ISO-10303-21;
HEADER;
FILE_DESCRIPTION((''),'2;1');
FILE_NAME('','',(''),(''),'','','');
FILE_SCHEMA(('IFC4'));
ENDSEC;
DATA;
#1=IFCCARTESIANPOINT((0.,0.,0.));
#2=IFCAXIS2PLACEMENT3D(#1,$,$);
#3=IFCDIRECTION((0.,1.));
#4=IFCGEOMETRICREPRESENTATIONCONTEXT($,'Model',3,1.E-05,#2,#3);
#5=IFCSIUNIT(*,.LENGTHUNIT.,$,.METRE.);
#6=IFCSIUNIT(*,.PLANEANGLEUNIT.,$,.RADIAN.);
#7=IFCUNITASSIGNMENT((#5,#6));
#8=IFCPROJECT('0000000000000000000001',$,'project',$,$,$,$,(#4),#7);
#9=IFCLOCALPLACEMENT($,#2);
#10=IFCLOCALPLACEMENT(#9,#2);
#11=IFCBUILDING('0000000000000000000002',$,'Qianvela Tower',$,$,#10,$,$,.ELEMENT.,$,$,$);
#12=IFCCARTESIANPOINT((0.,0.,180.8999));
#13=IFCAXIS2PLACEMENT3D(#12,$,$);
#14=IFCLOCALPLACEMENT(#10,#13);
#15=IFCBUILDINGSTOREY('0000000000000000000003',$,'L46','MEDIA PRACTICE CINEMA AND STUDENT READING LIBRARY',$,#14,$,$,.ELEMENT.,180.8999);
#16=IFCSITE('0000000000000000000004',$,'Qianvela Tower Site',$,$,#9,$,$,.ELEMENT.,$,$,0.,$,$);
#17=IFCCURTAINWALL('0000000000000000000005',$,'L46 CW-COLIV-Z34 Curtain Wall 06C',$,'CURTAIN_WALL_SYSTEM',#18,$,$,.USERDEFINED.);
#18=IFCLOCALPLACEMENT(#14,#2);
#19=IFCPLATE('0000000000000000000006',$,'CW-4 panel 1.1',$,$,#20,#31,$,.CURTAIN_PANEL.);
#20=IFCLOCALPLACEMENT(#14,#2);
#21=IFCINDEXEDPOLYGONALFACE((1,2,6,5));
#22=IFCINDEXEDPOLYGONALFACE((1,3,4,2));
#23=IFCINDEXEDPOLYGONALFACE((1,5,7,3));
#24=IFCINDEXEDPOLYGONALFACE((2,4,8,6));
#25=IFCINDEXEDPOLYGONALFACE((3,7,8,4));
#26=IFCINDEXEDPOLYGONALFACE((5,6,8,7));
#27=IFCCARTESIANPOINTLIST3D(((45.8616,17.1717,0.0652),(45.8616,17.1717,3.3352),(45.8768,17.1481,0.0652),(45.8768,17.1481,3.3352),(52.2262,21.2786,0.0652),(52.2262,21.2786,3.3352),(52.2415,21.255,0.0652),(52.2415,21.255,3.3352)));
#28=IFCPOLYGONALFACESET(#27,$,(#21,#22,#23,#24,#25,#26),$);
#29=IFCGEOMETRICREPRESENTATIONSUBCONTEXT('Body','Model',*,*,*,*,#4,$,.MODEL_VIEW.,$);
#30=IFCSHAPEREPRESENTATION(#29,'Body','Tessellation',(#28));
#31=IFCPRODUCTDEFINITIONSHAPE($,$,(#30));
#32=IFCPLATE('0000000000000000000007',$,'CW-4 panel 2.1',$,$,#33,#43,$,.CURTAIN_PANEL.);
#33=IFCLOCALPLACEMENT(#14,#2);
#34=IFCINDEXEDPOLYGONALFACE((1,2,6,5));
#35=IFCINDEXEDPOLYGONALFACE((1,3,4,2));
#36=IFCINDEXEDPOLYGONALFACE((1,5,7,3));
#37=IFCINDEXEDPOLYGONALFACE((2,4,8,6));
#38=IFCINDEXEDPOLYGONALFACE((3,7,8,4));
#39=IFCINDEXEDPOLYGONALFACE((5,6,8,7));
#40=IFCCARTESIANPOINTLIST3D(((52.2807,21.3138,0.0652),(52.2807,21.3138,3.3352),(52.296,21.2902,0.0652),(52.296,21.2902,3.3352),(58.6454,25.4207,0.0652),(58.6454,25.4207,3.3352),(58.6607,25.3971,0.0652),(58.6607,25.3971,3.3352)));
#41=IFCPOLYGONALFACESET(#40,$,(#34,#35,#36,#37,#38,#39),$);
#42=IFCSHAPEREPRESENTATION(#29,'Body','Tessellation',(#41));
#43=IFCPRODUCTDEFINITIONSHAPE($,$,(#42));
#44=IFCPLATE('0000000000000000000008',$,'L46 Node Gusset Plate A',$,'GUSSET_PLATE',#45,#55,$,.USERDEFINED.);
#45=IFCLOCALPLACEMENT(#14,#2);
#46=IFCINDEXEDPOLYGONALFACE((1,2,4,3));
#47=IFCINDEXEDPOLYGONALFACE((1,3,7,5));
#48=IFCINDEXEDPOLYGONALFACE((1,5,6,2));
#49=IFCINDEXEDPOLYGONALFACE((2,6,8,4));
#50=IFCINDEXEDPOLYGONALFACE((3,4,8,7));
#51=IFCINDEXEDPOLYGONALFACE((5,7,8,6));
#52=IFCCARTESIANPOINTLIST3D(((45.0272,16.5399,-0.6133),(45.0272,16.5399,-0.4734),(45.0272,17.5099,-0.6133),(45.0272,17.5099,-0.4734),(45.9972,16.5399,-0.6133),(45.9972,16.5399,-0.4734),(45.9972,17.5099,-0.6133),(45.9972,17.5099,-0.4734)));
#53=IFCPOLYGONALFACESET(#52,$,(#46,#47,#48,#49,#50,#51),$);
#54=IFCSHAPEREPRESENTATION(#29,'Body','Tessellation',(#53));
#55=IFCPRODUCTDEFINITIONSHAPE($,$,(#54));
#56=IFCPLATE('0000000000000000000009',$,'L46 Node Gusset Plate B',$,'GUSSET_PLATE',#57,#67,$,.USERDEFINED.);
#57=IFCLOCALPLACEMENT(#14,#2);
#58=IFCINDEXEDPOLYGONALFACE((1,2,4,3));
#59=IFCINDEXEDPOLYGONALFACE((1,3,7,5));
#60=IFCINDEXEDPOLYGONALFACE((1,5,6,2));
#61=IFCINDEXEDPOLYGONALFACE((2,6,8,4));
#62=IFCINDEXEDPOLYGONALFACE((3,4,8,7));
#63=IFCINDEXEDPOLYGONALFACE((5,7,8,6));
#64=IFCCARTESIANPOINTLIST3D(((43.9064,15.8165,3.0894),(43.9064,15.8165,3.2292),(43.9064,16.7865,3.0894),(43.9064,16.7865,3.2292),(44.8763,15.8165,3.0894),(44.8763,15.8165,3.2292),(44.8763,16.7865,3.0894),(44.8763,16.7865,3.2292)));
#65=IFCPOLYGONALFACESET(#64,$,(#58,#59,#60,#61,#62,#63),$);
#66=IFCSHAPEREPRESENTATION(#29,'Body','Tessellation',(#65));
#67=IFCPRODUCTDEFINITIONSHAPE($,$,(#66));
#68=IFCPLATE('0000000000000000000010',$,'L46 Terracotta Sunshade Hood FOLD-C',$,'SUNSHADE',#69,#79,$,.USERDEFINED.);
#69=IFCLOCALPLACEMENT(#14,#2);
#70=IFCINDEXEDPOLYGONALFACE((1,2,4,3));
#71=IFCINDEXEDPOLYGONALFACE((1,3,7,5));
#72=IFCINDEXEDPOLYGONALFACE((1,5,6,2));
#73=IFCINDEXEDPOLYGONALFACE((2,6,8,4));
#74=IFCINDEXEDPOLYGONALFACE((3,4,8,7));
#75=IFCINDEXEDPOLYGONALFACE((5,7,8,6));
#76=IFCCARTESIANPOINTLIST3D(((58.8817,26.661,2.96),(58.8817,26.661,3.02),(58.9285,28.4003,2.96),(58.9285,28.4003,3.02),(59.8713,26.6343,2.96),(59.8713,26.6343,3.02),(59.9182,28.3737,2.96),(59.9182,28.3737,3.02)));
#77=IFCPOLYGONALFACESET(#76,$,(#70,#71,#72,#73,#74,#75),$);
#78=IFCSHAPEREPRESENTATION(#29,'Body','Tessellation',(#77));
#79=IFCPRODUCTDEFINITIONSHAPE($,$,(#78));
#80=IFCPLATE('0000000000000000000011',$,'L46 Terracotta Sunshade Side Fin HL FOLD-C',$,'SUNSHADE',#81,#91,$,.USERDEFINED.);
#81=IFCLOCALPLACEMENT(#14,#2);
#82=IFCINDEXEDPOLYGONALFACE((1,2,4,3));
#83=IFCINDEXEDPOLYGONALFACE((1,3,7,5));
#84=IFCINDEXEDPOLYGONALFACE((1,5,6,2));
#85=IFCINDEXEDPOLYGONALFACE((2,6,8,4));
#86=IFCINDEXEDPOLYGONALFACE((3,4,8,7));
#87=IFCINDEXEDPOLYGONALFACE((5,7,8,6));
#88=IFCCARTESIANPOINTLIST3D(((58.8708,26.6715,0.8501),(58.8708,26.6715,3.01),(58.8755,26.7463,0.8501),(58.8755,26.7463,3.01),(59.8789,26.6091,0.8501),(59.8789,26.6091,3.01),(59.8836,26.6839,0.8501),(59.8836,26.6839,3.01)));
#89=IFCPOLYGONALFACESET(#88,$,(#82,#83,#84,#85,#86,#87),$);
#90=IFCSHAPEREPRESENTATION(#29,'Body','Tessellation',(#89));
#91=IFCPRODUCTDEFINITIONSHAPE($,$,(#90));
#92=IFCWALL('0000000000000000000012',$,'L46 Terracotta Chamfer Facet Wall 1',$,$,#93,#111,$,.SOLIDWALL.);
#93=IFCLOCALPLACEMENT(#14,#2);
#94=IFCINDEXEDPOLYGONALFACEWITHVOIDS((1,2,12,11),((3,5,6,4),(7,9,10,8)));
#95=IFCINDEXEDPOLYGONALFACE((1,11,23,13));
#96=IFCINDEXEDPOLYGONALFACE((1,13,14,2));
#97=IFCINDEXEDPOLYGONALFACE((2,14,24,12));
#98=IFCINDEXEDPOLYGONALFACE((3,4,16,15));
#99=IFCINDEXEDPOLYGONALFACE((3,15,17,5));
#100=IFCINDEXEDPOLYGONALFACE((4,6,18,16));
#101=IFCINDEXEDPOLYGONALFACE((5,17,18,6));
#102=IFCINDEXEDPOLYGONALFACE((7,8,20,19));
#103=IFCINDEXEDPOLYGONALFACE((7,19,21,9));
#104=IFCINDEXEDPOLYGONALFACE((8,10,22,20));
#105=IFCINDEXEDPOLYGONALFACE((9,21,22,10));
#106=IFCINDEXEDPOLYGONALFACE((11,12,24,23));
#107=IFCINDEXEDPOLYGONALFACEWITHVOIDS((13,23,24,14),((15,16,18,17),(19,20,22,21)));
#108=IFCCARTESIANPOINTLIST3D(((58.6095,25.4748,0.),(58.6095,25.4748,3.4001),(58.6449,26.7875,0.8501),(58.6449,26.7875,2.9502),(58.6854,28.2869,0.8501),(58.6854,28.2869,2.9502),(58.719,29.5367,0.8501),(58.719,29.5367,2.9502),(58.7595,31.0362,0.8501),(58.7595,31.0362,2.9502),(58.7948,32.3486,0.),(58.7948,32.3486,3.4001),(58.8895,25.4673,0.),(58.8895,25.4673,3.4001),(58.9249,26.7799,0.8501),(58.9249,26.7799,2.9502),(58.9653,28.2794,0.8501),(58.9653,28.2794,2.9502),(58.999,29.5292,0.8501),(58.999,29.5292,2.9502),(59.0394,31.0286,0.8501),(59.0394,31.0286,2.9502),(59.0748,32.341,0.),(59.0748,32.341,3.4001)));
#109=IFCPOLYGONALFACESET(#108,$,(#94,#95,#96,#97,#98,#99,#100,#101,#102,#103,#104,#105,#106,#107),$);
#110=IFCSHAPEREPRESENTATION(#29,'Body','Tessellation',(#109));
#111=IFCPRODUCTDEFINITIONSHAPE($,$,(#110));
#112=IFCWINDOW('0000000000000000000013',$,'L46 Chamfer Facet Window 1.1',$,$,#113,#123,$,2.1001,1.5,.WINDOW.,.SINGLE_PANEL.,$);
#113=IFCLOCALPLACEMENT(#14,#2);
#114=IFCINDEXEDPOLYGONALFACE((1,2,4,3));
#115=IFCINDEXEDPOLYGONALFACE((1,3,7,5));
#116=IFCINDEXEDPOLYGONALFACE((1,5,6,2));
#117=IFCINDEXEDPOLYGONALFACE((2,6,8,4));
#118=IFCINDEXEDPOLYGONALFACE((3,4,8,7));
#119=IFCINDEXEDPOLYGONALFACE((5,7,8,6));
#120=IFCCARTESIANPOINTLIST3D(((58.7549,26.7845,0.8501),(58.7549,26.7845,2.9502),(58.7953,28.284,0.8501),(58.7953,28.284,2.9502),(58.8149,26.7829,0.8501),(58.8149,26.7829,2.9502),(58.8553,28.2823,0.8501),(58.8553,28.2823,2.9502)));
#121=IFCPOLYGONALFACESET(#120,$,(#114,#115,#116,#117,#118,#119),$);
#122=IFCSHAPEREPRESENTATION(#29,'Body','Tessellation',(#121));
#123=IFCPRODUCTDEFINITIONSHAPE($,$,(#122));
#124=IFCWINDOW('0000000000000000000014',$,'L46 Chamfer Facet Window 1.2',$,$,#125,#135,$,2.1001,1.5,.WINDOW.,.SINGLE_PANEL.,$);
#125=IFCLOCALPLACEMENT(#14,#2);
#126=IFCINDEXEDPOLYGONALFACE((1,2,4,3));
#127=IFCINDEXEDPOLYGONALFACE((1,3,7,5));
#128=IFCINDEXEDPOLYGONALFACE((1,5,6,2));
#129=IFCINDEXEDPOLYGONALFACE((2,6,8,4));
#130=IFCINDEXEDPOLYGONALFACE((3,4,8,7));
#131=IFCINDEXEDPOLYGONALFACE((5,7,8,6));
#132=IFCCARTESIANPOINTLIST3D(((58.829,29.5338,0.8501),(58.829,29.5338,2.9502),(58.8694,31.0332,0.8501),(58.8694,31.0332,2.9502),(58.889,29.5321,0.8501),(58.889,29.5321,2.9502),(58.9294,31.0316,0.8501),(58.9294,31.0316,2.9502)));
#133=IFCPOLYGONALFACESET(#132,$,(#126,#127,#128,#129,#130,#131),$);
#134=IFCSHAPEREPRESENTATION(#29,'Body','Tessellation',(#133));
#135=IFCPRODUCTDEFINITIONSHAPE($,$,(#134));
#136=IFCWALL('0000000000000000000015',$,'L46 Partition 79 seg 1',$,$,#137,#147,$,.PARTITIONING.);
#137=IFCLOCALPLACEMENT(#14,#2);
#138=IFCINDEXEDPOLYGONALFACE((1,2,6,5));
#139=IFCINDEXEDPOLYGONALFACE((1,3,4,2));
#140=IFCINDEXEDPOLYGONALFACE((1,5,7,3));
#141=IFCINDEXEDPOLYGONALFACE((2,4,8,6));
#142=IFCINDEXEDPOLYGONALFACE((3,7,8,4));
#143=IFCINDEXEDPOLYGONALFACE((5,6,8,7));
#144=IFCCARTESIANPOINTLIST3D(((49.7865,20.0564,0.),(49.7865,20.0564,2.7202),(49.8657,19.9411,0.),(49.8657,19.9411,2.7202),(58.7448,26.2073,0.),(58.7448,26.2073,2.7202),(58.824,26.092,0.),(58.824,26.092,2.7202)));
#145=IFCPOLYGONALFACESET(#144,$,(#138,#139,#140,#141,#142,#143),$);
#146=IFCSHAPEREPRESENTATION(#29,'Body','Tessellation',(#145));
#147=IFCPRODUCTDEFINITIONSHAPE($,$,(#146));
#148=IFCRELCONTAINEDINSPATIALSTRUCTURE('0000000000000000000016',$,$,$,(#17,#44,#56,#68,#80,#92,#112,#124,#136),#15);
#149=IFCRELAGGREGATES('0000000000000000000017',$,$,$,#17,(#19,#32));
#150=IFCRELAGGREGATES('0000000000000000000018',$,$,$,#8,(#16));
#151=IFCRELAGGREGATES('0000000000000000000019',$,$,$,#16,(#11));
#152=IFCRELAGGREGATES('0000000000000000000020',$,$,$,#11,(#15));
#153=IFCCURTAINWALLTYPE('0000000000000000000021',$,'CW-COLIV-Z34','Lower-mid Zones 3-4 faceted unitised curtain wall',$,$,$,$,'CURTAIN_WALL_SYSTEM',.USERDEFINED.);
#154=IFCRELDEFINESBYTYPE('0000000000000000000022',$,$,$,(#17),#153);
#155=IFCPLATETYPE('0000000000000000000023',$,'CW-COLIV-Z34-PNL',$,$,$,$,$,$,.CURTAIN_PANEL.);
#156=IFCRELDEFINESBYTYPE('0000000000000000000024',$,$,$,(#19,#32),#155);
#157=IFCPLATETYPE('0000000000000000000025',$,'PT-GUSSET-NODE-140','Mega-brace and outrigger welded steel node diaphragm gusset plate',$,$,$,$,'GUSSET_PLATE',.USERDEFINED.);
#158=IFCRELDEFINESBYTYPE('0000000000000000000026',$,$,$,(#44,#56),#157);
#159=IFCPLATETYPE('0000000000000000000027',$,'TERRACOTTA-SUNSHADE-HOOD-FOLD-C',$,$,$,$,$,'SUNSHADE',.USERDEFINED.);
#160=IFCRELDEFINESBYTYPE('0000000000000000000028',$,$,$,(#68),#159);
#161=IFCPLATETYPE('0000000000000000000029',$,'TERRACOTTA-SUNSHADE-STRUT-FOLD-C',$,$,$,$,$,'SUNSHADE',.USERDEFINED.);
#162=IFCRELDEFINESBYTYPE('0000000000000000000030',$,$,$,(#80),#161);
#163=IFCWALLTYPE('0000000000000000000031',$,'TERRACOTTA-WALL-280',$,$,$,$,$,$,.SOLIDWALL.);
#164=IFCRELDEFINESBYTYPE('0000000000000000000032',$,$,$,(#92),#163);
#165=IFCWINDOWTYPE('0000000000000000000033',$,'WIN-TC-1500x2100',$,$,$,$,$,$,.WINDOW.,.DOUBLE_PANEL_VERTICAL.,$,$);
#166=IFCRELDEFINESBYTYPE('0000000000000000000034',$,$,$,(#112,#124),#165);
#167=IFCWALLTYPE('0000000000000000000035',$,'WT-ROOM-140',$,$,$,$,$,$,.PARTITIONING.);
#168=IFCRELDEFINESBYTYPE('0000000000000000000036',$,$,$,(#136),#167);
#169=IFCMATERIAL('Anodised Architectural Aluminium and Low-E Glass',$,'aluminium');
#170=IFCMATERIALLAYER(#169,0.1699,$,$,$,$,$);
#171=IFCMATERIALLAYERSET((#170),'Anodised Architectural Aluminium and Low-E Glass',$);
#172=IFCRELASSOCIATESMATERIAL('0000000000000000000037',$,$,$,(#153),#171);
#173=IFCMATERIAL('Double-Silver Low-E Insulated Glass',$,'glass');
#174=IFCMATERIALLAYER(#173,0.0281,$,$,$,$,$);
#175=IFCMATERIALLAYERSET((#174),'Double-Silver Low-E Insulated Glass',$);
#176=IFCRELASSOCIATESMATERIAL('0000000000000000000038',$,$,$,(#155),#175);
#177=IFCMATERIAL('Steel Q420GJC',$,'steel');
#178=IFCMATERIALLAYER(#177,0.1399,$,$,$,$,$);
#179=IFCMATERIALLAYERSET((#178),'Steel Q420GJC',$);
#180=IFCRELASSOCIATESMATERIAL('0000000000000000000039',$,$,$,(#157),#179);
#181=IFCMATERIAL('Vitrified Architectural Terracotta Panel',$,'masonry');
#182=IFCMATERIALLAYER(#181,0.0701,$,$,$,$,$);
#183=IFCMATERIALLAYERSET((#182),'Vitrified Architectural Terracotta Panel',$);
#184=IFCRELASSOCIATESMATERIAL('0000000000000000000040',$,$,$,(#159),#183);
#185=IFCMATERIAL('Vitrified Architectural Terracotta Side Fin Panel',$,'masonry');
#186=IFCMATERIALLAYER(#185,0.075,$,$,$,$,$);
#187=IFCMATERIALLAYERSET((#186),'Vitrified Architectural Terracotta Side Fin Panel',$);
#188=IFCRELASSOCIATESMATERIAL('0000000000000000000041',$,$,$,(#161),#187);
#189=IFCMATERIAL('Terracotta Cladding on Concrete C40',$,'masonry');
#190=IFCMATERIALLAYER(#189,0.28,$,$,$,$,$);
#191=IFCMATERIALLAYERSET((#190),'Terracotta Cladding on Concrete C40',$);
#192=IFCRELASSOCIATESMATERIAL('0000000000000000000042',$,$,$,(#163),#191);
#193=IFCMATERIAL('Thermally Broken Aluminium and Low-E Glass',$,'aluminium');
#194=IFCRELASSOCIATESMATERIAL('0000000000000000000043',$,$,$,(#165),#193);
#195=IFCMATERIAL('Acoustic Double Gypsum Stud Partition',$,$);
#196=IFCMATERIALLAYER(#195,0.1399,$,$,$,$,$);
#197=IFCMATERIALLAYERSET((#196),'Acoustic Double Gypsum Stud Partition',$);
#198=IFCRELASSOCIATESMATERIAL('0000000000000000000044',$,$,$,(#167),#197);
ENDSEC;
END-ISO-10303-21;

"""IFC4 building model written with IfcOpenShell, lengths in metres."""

from ifc_helpers import new_model, si_unit, direction, frame, frame_2d, origin, origin_2d, place, context, subcontext, project, spatial, rectangle, extrude, material, layer, layer_set, type_object, element, fill, aggregate, save


model = new_model("IFC4")

# Units and contexts
model_context = context("Model", 3, precision=1e-05, world=origin(), true_north=direction((0.0, 1.0)))
body_context = subcontext(model_context, "Body", "Model", "MODEL_VIEW")
ifc_project = project(units=[si_unit("LENGTHUNIT", "METRE"), si_unit("PLANEANGLEUNIT", "RADIAN")], contexts=[model_context])

# Site, building, storey
site_placement = place(None, origin())
site = spatial("IfcSite", under=ifc_project, at=site_placement, Name="Qianvela Tower Site", CompositionType="ELEMENT", RefElevation=0.0)
building_placement = place(site_placement, origin())
building = spatial("IfcBuilding", under=site, at=building_placement, Name="Qianvela Tower", CompositionType="ELEMENT")
storey_placement = place(building_placement, frame((0.0, 0.0, 180.8999)))
storey = spatial("IfcBuildingStorey", under=building, at=storey_placement, Name="L46", Description="MEDIA PRACTICE CINEMA AND STUDENT READING LIBRARY", CompositionType="ELEMENT", Elevation=180.8999)

# Curtain wall
ifc_material_1 = material(Name="Anodised Architectural Aluminium and Low-E Glass", Category="aluminium")
ifc_layer_1 = layer(ifc_material_1, 0.1699)
ifc_layer_set_1 = layer_set([ifc_layer_1], Name="Anodised Architectural Aluminium and Low-E Glass")
curtain_wall_type_1 = type_object("IfcCurtainWallType", Name="CW-COLIV-Z34", Description="Lower-mid Zones 3-4 faceted unitised curtain wall", ElementType="CURTAIN_WALL_SYSTEM", PredefinedType="USERDEFINED", material=ifc_layer_set_1)
curtain_wall_1_placement = place(storey_placement, origin())
curtain_wall_1 = element("IfcCurtainWall", 1, at=curtain_wall_1_placement, inside=storey, type_object=curtain_wall_type_1, Name="L46 CW-COLIV-Z34 Curtain Wall 06C", ObjectType="CURTAIN_WALL_SYSTEM", PredefinedType="USERDEFINED")

# Plates
ifc_material_2 = material(Name="Double-Silver Low-E Insulated Glass", Category="glass")
ifc_layer_2 = layer(ifc_material_2, 0.0281)
ifc_layer_set_2 = layer_set([ifc_layer_2], Name="Double-Silver Low-E Insulated Glass")
plate_type_1 = type_object("IfcPlateType", Name="CW-COLIV-Z34-PNL", PredefinedType="CURTAIN_PANEL", material=ifc_layer_set_2)
plate_1_placement = place(storey_placement, frame((49.0515, 19.2134, 0.0652), z_axis=(0.0, 0.0, 1.0), x_axis=(0.840256, 0.54219, 0.0)))
plate_1 = element("IfcPlate", 2, at=plate_1_placement, type_object=plate_type_1, Name="CW-4 panel 1.1", PredefinedType="CURTAIN_PANEL", context=body_context, shape_type="SweptSolid", body=[
    extrude(rectangle(XDim=7.5747, YDim=0.0281, at=origin_2d()), origin(), (0.0, 0.0, 1.0), 3.27),
])
plate_2_placement = place(storey_placement, frame((55.4707, 23.3555, 0.0652), z_axis=(0.0, 0.0, 1.0), x_axis=(0.840256, 0.54219, 0.0)))
plate_2 = element("IfcPlate", 3, at=plate_2_placement, type_object=plate_type_1, Name="CW-4 panel 2.1", PredefinedType="CURTAIN_PANEL", context=body_context, shape_type="SweptSolid", body=[
    extrude(rectangle(XDim=7.5747, YDim=0.0281, at=origin_2d()), origin(), (0.0, 0.0, 1.0), 3.27),
])
aggregate(curtain_wall_1, [plate_1, plate_2])

# Plates
ifc_material_3 = material(Name="Steel Q420GJC", Category="steel")
ifc_layer_3 = layer(ifc_material_3, 0.1399)
ifc_layer_set_3 = layer_set([ifc_layer_3], Name="Steel Q420GJC")
plate_type_2 = type_object("IfcPlateType", Name="PT-GUSSET-NODE-140", Description="Mega-brace and outrigger welded steel node diaphragm gusset plate", ElementType="GUSSET_PLATE", PredefinedType="USERDEFINED", material=ifc_layer_set_3)
for number, where, z_axis, x_axis, name in (
    (4, (45.5122, 17.0249, -0.6133), (0.0, 0.0, 1.0), (1.0, 0.0, 0.0), "L46 Node Gusset Plate A"),
    (5, (44.3914, 16.3015, 3.0894), (0.0, 0.0, 1.0), (1.0, 0.0, 0.0), "L46 Node Gusset Plate B"),
):
    element("IfcPlate", number, at=place(storey_placement, frame(where, z_axis=z_axis, x_axis=x_axis)), inside=storey, type_object=plate_type_2, Name=name, ObjectType="GUSSET_PLATE", PredefinedType="USERDEFINED", context=body_context, shape_type="SweptSolid", body=[
        extrude(rectangle(XDim=0.97, YDim=0.97, at=origin_2d()), origin(), (0.0, 0.0, 1.0), 0.1399),
    ])
ifc_material_4 = material(Name="Vitrified Architectural Terracotta Panel", Category="masonry")
ifc_layer_4 = layer(ifc_material_4, 0.0701)
ifc_layer_set_4 = layer_set([ifc_layer_4], Name="Vitrified Architectural Terracotta Panel")
plate_type_3 = type_object("IfcPlateType", Name="TERRACOTTA-SUNSHADE-HOOD-FOLD-C", ElementType="SUNSHADE", PredefinedType="USERDEFINED", material=ifc_layer_set_4)
plate_3_placement = place(storey_placement, frame((59.3999, 27.5173, 2.96), z_axis=(0.0, 0.0, 1.0), x_axis=(0.026934, 0.999637, 0.0)))
element("IfcPlate", 6, at=plate_3_placement, inside=storey, type_object=plate_type_3, Name="L46 Terracotta Sunshade Hood FOLD-C", ObjectType="SUNSHADE", PredefinedType="USERDEFINED", context=body_context, shape_type="SweptSolid", body=[
    extrude(rectangle(XDim=1.74, YDim=0.99, at=origin_2d()), origin(), (0.0, 0.0, 1.0), 0.0601),
])
ifc_material_5 = material(Name="Vitrified Architectural Terracotta Side Fin Panel", Category="masonry")
ifc_layer_5 = layer(ifc_material_5, 0.075)
ifc_layer_set_5 = layer_set([ifc_layer_5], Name="Vitrified Architectural Terracotta Side Fin Panel")
plate_type_4 = type_object("IfcPlateType", Name="TERRACOTTA-SUNSHADE-STRUT-FOLD-C", ElementType="SUNSHADE", PredefinedType="USERDEFINED", material=ifc_layer_set_5)
plate_4_placement = place(storey_placement, frame((59.3772, 26.6777, 0.8501), z_axis=(0.0, 0.0, 1.0), x_axis=(0.061805, 0.998088, 0.0)))
element("IfcPlate", 7, at=plate_4_placement, inside=storey, type_object=plate_type_4, Name="L46 Terracotta Sunshade Side Fin HL FOLD-C", ObjectType="SUNSHADE", PredefinedType="USERDEFINED", context=body_context, shape_type="SweptSolid", body=[
    extrude(rectangle(XDim=0.075, YDim=1.01, at=origin_2d()), origin(), (0.0, 0.0, 1.0), 2.1599),
])

# Wall, openings, windows
ifc_material_6 = material(Name="Terracotta Cladding on Concrete C40", Category="masonry")
ifc_layer_6 = layer(ifc_material_6, 0.28)
ifc_layer_set_6 = layer_set([ifc_layer_6], Name="Terracotta Cladding on Concrete C40")
wall_type_1 = type_object("IfcWallType", Name="TERRACOTTA-WALL-280", PredefinedType="SOLIDWALL", material=ifc_layer_set_6)
wall_1_placement = place(storey_placement, frame((58.7495, 25.4712, 0.0), z_axis=(0.0, 0.0, 1.0), x_axis=(0.026948, 0.999637, 0.0)))
wall_1 = element("IfcWall", 8, at=wall_1_placement, inside=storey, type_object=wall_type_1, Name="L46 Terracotta Chamfer Facet Wall 1", PredefinedType="SOLIDWALL", context=body_context, shape_type="SweptSolid", body=[
    extrude(rectangle(XDim=6.8762, YDim=0.28, at=frame_2d((3.438, 0.0))), origin(), (0.0, 0.0, 1.0), 3.4001),
])
opening_1_placement = place(wall_1_placement, frame((1.313, 0.0, 0.8501)))
opening_1 = element("IfcOpeningElement", 9, at=opening_1_placement, cuts=wall_1, PredefinedType="OPENING", context=body_context, shape_type="SweptSolid", body=[
    extrude(rectangle(XDim=1.5, YDim=2.1001, at=frame_2d((0.75, 1.05))), frame((0.0, 0.1499, 0.0), z_axis=(0.0, -1.0, 0.0), x_axis=(1.0, 0.0, 0.0)), (0.0, 0.0, 1.0), 0.3),
])
opening_2_placement = place(wall_1_placement, frame((4.0632, 0.0, 0.8501)))
opening_2 = element("IfcOpeningElement", 10, at=opening_2_placement, cuts=wall_1, PredefinedType="OPENING", context=body_context, shape_type="SweptSolid", body=[
    extrude(rectangle(XDim=1.5, YDim=2.1001, at=frame_2d((0.75, 1.05))), frame((0.0, 0.1499, 0.0), z_axis=(0.0, -1.0, 0.0), x_axis=(1.0, 0.0, 0.0)), (0.0, 0.0, 1.0), 0.3),
])
ifc_material_7 = material(Name="Thermally Broken Aluminium and Low-E Glass", Category="aluminium")
window_type = type_object("IfcWindowType", Name="WIN-TC-1500x2100", PartitioningType="DOUBLE_PANEL_VERTICAL", PredefinedType="WINDOW", material=ifc_material_7)
window_1_placement = place(opening_1_placement, origin())
window_1 = element("IfcWindow", 11, at=window_1_placement, inside=storey, type_object=window_type, Name="L46 Chamfer Facet Window 1.1", OverallHeight=2.1001, OverallWidth=1.5, PartitioningType="SINGLE_PANEL", PredefinedType="WINDOW", context=body_context, shape_type="SweptSolid", body=[
    extrude(rectangle(XDim=1.5, YDim=2.1001, at=frame_2d((0.75, 1.05))), frame((0.0, 0.03, 0.0), z_axis=(0.0, -1.0, 0.0), x_axis=(1.0, 0.0, 0.0)), (0.0, 0.0, 1.0), 0.0601),
])
fill(opening_1, window_1)
window_2_placement = place(opening_2_placement, origin())
window_2 = element("IfcWindow", 12, at=window_2_placement, inside=storey, type_object=window_type, Name="L46 Chamfer Facet Window 1.2", OverallHeight=2.1001, OverallWidth=1.5, PartitioningType="SINGLE_PANEL", PredefinedType="WINDOW", context=body_context, shape_type="SweptSolid", body=[
    extrude(rectangle(XDim=1.5, YDim=2.1001, at=frame_2d((0.75, 1.05))), frame((0.0, 0.03, 0.0), z_axis=(0.0, -1.0, 0.0), x_axis=(1.0, 0.0, 0.0)), (0.0, 0.0, 1.0), 0.0601),
])
fill(opening_2, window_2)

# Wall
ifc_material_8 = material(Name="Acoustic Double Gypsum Stud Partition")
ifc_layer_7 = layer(ifc_material_8, 0.1399)
ifc_layer_set_7 = layer_set([ifc_layer_7], Name="Acoustic Double Gypsum Stud Partition")
wall_type_2 = type_object("IfcWallType", Name="WT-ROOM-140", PredefinedType="PARTITIONING", material=ifc_layer_set_7)
wall_2_placement = place(storey_placement, frame((58.7844, 26.1497, 0.0), z_axis=(0.0, 0.0, 1.0), x_axis=(-0.824382, -0.566034, 0.0)))
element("IfcWall", 13, at=wall_2_placement, inside=storey, type_object=wall_type_2, Name="L46 Partition 79 seg 1", PredefinedType="PARTITIONING", context=body_context, shape_type="SweptSolid", body=[
    extrude(rectangle(XDim=10.8667, YDim=0.1399, at=frame_2d((5.4333, 0.0))), origin(), (0.0, 0.0, 1.0), 2.7202),
])

save(model, "model.ifc")
